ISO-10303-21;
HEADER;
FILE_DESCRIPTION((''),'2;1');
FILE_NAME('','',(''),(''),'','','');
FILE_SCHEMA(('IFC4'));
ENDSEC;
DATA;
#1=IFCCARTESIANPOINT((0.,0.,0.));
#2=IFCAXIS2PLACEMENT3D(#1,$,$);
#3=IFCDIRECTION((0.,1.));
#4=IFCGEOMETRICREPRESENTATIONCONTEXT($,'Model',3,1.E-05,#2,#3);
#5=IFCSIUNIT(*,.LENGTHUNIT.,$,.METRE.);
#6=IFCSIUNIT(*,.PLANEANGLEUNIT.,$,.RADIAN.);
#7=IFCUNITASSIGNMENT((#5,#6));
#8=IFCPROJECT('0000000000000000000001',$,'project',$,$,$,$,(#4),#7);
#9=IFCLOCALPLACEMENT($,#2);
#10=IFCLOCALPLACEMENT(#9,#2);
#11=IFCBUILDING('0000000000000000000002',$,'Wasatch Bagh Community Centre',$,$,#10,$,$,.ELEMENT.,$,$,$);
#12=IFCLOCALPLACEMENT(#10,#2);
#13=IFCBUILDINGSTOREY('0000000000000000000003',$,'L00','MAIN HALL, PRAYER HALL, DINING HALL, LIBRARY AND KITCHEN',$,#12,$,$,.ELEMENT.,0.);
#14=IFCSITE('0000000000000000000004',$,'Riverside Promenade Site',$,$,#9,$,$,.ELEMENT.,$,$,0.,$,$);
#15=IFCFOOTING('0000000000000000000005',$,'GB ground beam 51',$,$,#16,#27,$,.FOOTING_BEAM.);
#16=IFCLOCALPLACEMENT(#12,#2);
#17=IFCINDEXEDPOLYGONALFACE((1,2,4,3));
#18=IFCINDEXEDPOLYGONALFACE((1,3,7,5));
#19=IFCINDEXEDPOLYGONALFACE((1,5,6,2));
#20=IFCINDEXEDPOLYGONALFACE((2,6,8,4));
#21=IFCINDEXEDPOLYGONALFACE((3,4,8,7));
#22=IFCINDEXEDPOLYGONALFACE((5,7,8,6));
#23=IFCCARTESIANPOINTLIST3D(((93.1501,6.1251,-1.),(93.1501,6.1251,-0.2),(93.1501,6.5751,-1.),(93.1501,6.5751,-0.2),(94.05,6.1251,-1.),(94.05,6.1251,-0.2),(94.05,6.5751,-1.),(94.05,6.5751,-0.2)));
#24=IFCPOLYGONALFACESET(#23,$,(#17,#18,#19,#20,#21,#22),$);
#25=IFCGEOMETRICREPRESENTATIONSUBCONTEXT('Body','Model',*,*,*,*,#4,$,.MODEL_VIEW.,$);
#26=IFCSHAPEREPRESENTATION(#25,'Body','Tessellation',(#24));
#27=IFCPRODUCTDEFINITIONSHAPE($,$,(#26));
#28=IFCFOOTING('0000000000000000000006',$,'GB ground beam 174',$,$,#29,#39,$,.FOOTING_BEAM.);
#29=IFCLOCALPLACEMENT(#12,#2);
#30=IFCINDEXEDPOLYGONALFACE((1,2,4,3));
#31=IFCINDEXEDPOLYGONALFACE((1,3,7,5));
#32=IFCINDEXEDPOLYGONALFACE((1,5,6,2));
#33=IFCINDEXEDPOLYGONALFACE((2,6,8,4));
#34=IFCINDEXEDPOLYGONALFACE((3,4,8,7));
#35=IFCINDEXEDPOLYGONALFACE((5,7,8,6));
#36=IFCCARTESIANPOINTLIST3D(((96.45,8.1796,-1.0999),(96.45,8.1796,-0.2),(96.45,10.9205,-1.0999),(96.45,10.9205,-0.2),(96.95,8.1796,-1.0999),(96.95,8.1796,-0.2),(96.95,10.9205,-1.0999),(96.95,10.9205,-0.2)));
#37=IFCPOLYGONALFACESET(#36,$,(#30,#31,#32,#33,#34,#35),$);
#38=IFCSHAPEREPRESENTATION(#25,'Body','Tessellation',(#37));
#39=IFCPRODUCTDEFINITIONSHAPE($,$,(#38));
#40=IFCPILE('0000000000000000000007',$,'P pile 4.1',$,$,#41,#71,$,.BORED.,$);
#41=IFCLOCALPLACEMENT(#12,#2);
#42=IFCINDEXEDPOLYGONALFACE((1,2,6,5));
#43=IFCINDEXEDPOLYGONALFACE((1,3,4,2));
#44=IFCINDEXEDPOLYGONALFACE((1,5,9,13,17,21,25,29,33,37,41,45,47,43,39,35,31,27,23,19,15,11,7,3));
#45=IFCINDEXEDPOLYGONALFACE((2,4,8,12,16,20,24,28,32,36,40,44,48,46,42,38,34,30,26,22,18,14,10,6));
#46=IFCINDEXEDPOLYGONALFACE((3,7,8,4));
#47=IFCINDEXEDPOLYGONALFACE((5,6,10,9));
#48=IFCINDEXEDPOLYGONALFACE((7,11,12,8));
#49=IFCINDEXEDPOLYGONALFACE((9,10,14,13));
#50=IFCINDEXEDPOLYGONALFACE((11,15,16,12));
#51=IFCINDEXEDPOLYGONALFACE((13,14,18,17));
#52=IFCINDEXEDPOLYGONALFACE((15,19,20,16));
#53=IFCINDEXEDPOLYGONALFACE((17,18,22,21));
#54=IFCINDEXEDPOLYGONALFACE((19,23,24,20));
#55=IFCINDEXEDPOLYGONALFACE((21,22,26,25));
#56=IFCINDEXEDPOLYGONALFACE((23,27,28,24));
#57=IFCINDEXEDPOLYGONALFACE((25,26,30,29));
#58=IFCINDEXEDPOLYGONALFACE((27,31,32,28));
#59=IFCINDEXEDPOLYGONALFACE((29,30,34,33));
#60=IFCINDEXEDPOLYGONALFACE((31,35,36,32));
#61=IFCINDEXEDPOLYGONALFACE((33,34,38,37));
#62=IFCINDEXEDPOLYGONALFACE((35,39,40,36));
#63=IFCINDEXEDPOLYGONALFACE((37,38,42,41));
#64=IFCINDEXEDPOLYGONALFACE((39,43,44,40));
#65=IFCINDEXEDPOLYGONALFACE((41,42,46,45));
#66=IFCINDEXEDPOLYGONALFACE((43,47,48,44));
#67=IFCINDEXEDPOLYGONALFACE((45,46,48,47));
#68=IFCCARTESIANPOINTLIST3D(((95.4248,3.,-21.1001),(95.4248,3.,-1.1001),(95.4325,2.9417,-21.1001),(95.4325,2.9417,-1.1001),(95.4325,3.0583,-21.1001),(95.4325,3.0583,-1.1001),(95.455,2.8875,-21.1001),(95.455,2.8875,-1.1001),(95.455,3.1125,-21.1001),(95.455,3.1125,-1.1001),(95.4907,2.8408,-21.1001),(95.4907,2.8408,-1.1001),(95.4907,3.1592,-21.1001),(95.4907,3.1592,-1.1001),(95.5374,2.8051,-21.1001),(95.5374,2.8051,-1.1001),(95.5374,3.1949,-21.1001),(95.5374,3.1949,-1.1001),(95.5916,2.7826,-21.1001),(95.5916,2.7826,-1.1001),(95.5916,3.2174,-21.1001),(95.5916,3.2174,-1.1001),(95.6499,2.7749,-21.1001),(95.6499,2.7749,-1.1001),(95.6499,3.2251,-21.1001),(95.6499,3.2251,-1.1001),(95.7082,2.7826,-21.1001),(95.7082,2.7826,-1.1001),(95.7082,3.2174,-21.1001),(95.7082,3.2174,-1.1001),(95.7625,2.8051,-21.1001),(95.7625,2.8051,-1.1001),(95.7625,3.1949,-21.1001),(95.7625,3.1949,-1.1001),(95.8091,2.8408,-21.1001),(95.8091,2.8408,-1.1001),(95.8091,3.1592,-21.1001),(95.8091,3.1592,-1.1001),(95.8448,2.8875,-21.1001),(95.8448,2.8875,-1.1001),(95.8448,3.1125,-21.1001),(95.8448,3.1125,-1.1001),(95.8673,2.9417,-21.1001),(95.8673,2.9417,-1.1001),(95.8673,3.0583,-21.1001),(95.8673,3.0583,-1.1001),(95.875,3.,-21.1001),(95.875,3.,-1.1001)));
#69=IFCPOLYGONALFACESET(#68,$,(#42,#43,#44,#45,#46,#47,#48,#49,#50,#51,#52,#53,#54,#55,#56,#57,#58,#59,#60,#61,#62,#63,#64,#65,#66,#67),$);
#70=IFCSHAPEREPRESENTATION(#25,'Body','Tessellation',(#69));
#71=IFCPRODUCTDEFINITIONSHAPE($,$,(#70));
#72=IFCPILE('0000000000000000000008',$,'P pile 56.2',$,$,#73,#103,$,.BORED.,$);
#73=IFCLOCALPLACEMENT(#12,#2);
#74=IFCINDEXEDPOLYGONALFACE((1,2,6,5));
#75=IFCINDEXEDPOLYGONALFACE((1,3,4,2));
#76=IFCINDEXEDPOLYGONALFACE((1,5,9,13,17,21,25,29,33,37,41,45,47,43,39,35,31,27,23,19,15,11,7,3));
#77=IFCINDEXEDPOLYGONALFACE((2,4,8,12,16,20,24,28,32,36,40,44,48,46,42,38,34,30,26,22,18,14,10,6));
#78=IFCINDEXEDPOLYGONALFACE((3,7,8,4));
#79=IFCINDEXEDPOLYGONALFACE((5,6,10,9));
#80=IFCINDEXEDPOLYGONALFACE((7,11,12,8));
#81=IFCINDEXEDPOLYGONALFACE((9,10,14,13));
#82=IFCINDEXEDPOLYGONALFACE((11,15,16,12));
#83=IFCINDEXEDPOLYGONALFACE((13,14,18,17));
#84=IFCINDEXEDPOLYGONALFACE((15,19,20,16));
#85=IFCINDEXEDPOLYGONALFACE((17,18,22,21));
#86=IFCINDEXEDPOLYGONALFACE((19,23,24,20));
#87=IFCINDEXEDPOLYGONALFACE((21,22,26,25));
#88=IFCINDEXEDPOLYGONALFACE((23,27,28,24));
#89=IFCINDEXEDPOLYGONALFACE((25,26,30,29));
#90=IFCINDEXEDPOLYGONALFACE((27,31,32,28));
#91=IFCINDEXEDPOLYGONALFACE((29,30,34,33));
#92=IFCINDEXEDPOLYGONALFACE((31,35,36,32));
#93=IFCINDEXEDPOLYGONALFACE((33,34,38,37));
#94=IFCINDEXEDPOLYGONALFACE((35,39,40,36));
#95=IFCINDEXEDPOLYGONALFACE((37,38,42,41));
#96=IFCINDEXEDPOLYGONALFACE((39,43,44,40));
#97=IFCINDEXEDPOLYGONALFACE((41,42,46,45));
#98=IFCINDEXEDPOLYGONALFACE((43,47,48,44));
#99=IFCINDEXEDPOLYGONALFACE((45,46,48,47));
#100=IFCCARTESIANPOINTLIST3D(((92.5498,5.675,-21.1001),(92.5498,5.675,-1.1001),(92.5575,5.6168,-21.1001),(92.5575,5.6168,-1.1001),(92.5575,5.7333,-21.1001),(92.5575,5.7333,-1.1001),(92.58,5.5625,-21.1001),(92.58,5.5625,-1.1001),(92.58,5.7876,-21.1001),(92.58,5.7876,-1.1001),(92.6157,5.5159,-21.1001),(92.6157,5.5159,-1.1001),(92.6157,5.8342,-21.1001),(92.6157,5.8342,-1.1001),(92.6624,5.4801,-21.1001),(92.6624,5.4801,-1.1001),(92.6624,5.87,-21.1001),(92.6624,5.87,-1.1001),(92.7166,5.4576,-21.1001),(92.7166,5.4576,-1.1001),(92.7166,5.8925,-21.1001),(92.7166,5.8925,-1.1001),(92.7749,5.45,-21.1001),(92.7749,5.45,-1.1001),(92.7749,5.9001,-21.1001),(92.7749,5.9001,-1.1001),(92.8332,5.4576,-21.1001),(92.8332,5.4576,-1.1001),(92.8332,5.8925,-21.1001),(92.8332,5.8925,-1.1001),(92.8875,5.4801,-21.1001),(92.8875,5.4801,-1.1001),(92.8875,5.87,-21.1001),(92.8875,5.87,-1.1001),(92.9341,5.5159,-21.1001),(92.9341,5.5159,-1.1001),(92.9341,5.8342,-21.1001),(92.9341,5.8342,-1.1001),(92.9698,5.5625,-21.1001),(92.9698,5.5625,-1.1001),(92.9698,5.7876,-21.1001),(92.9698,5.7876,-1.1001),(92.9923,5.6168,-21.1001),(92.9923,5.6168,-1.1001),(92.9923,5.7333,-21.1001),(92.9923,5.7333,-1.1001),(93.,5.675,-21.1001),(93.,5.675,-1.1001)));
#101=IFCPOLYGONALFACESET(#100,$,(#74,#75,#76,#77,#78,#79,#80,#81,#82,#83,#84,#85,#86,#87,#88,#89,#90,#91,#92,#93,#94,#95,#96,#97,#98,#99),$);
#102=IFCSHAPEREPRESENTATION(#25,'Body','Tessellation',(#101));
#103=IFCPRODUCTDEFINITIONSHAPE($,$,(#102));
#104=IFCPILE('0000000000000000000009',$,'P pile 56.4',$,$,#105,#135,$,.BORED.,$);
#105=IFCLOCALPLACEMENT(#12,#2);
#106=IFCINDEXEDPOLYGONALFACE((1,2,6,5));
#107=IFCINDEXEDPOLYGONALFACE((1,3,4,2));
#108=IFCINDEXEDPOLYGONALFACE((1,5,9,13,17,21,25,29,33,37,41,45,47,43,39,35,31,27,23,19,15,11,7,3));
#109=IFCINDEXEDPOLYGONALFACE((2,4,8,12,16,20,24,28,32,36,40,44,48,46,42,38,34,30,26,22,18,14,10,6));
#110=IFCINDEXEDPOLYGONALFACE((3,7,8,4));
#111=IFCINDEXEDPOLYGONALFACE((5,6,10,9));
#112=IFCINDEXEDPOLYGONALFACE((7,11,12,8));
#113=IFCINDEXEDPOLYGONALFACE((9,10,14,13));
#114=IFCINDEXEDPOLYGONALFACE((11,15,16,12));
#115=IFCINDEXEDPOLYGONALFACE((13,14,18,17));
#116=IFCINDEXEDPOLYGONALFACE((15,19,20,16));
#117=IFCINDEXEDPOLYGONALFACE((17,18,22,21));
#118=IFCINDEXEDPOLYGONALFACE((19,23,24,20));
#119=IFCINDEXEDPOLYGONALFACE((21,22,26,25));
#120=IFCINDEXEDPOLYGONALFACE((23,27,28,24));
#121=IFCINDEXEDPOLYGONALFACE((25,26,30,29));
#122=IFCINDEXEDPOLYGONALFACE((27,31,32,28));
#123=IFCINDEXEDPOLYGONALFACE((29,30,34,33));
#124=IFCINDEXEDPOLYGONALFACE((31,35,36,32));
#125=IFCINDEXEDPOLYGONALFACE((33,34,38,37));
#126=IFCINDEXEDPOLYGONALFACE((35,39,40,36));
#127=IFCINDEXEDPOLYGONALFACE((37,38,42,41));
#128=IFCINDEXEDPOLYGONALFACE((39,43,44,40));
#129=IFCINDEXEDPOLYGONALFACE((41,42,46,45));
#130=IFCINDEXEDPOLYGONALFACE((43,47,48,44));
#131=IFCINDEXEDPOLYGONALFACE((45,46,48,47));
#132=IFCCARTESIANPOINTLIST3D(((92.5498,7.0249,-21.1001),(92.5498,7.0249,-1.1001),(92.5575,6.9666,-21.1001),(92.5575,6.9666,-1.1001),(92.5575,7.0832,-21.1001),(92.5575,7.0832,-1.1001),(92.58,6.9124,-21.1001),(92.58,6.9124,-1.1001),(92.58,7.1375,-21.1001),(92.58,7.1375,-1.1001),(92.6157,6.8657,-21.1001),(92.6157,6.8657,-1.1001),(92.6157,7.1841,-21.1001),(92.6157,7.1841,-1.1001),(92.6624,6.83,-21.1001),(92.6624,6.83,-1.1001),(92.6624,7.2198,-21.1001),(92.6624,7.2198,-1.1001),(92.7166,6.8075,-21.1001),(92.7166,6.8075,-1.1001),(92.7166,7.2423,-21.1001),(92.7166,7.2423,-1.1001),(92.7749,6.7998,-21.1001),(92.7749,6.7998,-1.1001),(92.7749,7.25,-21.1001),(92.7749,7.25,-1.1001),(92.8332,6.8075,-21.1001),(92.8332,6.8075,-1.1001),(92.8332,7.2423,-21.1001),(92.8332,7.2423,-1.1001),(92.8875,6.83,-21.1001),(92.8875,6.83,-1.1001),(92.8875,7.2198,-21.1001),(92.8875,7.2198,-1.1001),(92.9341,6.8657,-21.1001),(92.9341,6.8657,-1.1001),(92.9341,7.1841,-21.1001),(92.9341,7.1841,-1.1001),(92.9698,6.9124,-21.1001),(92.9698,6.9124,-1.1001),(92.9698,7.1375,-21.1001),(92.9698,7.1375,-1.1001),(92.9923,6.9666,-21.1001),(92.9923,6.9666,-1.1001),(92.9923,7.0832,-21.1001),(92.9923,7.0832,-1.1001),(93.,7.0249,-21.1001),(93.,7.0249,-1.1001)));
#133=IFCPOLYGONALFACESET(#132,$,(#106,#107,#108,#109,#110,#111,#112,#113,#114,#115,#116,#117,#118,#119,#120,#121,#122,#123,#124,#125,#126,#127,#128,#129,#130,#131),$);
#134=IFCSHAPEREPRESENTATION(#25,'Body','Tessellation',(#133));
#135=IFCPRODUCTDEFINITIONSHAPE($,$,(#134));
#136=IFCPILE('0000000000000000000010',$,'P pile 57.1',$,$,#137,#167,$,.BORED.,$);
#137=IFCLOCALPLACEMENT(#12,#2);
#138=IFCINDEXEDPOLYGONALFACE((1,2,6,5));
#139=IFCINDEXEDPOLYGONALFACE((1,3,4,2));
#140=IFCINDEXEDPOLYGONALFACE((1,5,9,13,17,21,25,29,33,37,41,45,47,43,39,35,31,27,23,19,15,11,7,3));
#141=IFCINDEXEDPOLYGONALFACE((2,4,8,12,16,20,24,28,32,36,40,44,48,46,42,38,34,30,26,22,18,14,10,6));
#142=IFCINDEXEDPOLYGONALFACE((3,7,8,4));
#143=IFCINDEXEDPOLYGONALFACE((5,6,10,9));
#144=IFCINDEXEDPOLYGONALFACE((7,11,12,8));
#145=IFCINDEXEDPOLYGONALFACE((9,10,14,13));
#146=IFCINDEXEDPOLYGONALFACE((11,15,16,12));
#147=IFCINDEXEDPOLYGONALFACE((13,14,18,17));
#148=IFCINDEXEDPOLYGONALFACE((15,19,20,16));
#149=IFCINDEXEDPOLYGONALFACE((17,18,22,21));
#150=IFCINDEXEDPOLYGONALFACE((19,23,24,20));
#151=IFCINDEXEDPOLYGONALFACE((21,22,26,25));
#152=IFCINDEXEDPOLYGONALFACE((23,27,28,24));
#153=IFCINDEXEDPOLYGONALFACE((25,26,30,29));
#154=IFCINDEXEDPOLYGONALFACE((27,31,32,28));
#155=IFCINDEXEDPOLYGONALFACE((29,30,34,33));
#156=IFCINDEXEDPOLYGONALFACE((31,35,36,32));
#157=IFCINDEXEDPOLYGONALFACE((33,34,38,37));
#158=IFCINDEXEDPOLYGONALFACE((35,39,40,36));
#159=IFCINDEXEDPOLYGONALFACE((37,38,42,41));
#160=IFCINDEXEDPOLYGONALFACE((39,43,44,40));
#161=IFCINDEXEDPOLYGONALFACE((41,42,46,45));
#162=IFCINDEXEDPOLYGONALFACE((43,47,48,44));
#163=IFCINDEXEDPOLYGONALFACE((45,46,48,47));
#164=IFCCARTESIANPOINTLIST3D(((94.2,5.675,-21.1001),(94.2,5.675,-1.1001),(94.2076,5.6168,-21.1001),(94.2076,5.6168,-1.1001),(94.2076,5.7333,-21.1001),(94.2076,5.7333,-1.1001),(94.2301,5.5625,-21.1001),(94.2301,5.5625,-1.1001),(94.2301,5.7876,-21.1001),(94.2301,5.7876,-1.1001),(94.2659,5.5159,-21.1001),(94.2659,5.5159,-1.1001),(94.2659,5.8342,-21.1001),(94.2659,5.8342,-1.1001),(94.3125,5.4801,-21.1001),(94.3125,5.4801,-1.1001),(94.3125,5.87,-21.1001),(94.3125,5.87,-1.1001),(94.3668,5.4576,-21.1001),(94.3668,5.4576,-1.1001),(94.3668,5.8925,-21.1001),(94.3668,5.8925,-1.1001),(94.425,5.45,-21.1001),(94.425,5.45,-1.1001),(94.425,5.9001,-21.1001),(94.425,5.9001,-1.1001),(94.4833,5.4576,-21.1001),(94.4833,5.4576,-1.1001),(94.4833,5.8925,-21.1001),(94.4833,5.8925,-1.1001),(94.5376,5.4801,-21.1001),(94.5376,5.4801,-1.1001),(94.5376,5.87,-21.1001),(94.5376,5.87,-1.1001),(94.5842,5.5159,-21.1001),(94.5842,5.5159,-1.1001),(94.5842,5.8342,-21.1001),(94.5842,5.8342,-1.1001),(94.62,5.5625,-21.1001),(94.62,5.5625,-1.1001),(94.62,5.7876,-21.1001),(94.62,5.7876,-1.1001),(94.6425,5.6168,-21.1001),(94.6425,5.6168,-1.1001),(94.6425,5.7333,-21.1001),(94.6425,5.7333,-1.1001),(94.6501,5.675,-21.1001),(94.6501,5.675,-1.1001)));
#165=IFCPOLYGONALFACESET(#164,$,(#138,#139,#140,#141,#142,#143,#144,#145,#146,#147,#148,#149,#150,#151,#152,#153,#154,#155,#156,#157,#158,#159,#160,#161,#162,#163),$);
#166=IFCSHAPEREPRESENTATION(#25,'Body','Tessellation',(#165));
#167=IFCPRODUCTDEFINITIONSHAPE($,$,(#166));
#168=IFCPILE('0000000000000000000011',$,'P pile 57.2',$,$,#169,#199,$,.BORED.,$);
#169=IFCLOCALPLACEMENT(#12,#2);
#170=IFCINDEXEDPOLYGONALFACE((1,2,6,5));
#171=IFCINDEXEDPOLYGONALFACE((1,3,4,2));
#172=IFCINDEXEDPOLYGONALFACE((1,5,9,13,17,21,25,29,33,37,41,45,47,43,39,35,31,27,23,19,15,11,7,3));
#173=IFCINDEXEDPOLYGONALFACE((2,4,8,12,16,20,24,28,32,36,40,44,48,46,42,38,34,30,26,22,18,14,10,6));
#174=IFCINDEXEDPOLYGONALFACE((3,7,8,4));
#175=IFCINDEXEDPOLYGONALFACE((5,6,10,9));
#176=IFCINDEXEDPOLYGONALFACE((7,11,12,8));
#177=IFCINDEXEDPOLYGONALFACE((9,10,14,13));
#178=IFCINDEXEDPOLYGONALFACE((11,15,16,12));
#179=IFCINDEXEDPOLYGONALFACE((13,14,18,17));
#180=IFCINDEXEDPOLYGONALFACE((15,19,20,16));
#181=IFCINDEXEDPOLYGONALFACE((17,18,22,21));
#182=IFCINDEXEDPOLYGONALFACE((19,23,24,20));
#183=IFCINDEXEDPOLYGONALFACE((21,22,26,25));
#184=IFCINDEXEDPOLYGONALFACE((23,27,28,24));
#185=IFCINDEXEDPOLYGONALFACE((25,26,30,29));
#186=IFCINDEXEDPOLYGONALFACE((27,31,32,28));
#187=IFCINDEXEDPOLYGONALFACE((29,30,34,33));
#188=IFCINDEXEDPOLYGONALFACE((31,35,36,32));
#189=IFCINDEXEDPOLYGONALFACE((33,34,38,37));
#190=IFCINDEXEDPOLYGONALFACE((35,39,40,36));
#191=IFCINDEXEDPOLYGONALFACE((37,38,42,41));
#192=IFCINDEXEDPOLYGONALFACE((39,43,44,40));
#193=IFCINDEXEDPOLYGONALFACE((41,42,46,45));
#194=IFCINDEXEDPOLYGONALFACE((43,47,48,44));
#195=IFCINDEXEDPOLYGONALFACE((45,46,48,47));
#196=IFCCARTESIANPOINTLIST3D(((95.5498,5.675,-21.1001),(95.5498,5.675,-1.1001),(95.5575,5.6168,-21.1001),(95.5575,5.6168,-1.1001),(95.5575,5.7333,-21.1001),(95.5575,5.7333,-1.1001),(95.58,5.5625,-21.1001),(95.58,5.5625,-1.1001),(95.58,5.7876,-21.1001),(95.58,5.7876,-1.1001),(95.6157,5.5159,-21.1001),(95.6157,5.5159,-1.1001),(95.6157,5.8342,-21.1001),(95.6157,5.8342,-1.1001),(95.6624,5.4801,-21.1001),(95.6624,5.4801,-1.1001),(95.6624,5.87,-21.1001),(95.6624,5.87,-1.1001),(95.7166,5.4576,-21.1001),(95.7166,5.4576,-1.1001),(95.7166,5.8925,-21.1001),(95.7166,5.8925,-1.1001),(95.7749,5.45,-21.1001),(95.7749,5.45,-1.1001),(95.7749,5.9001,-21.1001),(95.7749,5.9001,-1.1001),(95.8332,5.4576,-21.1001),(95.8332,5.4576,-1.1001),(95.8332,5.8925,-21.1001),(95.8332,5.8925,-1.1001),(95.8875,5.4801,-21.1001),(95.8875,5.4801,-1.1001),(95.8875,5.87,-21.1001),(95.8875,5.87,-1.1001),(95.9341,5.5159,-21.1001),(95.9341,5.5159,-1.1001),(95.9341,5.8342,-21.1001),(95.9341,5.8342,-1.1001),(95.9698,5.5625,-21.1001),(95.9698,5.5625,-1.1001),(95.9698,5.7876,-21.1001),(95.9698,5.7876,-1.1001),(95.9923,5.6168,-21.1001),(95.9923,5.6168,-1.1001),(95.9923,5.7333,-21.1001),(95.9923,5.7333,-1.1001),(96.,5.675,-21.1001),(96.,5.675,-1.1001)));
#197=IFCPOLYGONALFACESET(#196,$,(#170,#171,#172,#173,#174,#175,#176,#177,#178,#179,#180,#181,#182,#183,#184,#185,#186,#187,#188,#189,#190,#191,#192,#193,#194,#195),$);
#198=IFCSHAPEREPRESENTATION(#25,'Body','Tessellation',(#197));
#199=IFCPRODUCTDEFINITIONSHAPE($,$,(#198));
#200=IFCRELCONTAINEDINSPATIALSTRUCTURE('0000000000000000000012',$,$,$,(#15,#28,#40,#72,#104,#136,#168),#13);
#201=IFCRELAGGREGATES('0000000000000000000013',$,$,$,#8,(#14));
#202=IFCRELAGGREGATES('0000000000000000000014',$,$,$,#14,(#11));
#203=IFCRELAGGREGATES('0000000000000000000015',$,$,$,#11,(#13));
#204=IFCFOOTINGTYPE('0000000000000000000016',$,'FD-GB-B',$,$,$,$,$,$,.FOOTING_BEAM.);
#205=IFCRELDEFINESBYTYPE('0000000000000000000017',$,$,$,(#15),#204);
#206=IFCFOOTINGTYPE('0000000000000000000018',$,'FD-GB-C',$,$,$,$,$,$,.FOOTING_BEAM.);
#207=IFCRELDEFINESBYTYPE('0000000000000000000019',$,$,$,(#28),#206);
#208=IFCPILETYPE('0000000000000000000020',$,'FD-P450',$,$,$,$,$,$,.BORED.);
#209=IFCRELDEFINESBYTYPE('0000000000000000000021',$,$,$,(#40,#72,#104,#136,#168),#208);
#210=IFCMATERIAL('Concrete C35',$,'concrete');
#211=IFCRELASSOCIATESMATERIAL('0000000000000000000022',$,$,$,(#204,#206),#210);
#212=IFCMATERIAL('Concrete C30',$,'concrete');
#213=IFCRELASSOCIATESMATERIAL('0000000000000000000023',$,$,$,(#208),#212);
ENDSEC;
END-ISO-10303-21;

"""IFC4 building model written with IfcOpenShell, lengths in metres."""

from ifc_helpers import new_model, si_unit, direction, frame, origin, origin_2d, place, context, subcontext, project, spatial, rectangle, circle, extrude, material, material_profile, profile_set, type_object, element, save


model = new_model("IFC4")

# Units and contexts
model_context = context("Model", 3, precision=1e-05, world=origin(), true_north=direction((0.0, 1.0)))
body_context = subcontext(model_context, "Body", "Model", "MODEL_VIEW")
ifc_project = project(units=[si_unit("LENGTHUNIT", "METRE"), si_unit("PLANEANGLEUNIT", "RADIAN")], contexts=[model_context])

# Site, building, storey
site_placement = place(None, origin())
site = spatial("IfcSite", under=ifc_project, at=site_placement, Name="Riverside Promenade Site", CompositionType="ELEMENT", RefElevation=0.0)
building_placement = place(site_placement, origin())
building = spatial("IfcBuilding", under=site, at=building_placement, Name="Wasatch Bagh Community Centre", CompositionType="ELEMENT")
storey_placement = place(building_placement, origin())
storey = spatial("IfcBuildingStorey", under=building, at=storey_placement, Name="L00", Description="MAIN HALL, PRAYER HALL, DINING HALL, LIBRARY AND KITCHEN", CompositionType="ELEMENT", Elevation=0.0)

# Footings
ifc_material_1 = material(Name="Concrete C35", Category="concrete")
footing_type_1 = type_object("IfcFootingType", Name="FD-GB-B", PredefinedType="FOOTING_BEAM", material=ifc_material_1)
footing_1_placement = place(storey_placement, frame((93.6001, 6.3501, -1.0), z_axis=(0.0, 0.0, 1.0), x_axis=(1.0, 0.0, 0.0)))
element("IfcFooting", 1, at=footing_1_placement, inside=storey, type_object=footing_type_1, Name="GB ground beam 51", PredefinedType="FOOTING_BEAM", context=body_context, shape_type="SweptSolid", body=[
    extrude(rectangle(XDim=0.8999, YDim=0.45, at=origin_2d()), origin(), (0.0, 0.0, 1.0), 0.8),
])
footing_type_2 = type_object("IfcFootingType", Name="FD-GB-C", PredefinedType="FOOTING_BEAM", material=ifc_material_1)
footing_2_placement = place(storey_placement, frame((96.7, 9.55, -1.0999), z_axis=(0.0, 0.0, 1.0), x_axis=(0.0, 1.0, 0.0)))
element("IfcFooting", 2, at=footing_2_placement, inside=storey, type_object=footing_type_2, Name="GB ground beam 174", PredefinedType="FOOTING_BEAM", context=body_context, shape_type="SweptSolid", body=[
    extrude(rectangle(XDim=2.741, YDim=0.5, at=origin_2d()), origin(), (0.0, 0.0, 1.0), 0.8999),
])

# Piles
ifc_material_2 = material(Name="Concrete C30", Category="concrete")
ifc_material_profile_1 = material_profile(ifc_material_2, circle(Radius=0.2251, at=origin_2d()), Name="RC D450")
ifc_profile_set_1 = profile_set([ifc_material_profile_1], Name="Concrete C30")
pile_type = type_object("IfcPileType", Name="FD-P450", PredefinedType="BORED", material=ifc_profile_set_1)
for number, where, z_axis, x_axis, name in (
    (3, (95.6499, 3.0, -1.1001), (0.0, 0.0, -1.0), (1.0, 0.0, 0.0), "P pile 4.1"),
    (4, (92.7749, 5.675, -1.1001), (0.0, 0.0, -1.0), (1.0, 0.0, 0.0), "P pile 56.2"),
    (5, (92.7749, 7.0249, -1.1001), (0.0, 0.0, -1.0), (1.0, 0.0, 0.0), "P pile 56.4"),
    (6, (94.425, 5.675, -1.1001), (0.0, 0.0, -1.0), (1.0, 0.0, 0.0), "P pile 57.1"),
    (7, (95.7749, 5.675, -1.1001), (0.0, 0.0, -1.0), (1.0, 0.0, 0.0), "P pile 57.2"),
):
    element("IfcPile", number, at=place(storey_placement, frame(where, z_axis=z_axis, x_axis=x_axis)), inside=storey, type_object=pile_type, Name=name, PredefinedType="BORED", context=body_context, shape_type="SweptSolid", body=[
        extrude(circle(Radius=0.2251, at=origin_2d()), origin(), (0.0, 0.0, 1.0), 20.0),
    ])

save(model, "model.ifc")
